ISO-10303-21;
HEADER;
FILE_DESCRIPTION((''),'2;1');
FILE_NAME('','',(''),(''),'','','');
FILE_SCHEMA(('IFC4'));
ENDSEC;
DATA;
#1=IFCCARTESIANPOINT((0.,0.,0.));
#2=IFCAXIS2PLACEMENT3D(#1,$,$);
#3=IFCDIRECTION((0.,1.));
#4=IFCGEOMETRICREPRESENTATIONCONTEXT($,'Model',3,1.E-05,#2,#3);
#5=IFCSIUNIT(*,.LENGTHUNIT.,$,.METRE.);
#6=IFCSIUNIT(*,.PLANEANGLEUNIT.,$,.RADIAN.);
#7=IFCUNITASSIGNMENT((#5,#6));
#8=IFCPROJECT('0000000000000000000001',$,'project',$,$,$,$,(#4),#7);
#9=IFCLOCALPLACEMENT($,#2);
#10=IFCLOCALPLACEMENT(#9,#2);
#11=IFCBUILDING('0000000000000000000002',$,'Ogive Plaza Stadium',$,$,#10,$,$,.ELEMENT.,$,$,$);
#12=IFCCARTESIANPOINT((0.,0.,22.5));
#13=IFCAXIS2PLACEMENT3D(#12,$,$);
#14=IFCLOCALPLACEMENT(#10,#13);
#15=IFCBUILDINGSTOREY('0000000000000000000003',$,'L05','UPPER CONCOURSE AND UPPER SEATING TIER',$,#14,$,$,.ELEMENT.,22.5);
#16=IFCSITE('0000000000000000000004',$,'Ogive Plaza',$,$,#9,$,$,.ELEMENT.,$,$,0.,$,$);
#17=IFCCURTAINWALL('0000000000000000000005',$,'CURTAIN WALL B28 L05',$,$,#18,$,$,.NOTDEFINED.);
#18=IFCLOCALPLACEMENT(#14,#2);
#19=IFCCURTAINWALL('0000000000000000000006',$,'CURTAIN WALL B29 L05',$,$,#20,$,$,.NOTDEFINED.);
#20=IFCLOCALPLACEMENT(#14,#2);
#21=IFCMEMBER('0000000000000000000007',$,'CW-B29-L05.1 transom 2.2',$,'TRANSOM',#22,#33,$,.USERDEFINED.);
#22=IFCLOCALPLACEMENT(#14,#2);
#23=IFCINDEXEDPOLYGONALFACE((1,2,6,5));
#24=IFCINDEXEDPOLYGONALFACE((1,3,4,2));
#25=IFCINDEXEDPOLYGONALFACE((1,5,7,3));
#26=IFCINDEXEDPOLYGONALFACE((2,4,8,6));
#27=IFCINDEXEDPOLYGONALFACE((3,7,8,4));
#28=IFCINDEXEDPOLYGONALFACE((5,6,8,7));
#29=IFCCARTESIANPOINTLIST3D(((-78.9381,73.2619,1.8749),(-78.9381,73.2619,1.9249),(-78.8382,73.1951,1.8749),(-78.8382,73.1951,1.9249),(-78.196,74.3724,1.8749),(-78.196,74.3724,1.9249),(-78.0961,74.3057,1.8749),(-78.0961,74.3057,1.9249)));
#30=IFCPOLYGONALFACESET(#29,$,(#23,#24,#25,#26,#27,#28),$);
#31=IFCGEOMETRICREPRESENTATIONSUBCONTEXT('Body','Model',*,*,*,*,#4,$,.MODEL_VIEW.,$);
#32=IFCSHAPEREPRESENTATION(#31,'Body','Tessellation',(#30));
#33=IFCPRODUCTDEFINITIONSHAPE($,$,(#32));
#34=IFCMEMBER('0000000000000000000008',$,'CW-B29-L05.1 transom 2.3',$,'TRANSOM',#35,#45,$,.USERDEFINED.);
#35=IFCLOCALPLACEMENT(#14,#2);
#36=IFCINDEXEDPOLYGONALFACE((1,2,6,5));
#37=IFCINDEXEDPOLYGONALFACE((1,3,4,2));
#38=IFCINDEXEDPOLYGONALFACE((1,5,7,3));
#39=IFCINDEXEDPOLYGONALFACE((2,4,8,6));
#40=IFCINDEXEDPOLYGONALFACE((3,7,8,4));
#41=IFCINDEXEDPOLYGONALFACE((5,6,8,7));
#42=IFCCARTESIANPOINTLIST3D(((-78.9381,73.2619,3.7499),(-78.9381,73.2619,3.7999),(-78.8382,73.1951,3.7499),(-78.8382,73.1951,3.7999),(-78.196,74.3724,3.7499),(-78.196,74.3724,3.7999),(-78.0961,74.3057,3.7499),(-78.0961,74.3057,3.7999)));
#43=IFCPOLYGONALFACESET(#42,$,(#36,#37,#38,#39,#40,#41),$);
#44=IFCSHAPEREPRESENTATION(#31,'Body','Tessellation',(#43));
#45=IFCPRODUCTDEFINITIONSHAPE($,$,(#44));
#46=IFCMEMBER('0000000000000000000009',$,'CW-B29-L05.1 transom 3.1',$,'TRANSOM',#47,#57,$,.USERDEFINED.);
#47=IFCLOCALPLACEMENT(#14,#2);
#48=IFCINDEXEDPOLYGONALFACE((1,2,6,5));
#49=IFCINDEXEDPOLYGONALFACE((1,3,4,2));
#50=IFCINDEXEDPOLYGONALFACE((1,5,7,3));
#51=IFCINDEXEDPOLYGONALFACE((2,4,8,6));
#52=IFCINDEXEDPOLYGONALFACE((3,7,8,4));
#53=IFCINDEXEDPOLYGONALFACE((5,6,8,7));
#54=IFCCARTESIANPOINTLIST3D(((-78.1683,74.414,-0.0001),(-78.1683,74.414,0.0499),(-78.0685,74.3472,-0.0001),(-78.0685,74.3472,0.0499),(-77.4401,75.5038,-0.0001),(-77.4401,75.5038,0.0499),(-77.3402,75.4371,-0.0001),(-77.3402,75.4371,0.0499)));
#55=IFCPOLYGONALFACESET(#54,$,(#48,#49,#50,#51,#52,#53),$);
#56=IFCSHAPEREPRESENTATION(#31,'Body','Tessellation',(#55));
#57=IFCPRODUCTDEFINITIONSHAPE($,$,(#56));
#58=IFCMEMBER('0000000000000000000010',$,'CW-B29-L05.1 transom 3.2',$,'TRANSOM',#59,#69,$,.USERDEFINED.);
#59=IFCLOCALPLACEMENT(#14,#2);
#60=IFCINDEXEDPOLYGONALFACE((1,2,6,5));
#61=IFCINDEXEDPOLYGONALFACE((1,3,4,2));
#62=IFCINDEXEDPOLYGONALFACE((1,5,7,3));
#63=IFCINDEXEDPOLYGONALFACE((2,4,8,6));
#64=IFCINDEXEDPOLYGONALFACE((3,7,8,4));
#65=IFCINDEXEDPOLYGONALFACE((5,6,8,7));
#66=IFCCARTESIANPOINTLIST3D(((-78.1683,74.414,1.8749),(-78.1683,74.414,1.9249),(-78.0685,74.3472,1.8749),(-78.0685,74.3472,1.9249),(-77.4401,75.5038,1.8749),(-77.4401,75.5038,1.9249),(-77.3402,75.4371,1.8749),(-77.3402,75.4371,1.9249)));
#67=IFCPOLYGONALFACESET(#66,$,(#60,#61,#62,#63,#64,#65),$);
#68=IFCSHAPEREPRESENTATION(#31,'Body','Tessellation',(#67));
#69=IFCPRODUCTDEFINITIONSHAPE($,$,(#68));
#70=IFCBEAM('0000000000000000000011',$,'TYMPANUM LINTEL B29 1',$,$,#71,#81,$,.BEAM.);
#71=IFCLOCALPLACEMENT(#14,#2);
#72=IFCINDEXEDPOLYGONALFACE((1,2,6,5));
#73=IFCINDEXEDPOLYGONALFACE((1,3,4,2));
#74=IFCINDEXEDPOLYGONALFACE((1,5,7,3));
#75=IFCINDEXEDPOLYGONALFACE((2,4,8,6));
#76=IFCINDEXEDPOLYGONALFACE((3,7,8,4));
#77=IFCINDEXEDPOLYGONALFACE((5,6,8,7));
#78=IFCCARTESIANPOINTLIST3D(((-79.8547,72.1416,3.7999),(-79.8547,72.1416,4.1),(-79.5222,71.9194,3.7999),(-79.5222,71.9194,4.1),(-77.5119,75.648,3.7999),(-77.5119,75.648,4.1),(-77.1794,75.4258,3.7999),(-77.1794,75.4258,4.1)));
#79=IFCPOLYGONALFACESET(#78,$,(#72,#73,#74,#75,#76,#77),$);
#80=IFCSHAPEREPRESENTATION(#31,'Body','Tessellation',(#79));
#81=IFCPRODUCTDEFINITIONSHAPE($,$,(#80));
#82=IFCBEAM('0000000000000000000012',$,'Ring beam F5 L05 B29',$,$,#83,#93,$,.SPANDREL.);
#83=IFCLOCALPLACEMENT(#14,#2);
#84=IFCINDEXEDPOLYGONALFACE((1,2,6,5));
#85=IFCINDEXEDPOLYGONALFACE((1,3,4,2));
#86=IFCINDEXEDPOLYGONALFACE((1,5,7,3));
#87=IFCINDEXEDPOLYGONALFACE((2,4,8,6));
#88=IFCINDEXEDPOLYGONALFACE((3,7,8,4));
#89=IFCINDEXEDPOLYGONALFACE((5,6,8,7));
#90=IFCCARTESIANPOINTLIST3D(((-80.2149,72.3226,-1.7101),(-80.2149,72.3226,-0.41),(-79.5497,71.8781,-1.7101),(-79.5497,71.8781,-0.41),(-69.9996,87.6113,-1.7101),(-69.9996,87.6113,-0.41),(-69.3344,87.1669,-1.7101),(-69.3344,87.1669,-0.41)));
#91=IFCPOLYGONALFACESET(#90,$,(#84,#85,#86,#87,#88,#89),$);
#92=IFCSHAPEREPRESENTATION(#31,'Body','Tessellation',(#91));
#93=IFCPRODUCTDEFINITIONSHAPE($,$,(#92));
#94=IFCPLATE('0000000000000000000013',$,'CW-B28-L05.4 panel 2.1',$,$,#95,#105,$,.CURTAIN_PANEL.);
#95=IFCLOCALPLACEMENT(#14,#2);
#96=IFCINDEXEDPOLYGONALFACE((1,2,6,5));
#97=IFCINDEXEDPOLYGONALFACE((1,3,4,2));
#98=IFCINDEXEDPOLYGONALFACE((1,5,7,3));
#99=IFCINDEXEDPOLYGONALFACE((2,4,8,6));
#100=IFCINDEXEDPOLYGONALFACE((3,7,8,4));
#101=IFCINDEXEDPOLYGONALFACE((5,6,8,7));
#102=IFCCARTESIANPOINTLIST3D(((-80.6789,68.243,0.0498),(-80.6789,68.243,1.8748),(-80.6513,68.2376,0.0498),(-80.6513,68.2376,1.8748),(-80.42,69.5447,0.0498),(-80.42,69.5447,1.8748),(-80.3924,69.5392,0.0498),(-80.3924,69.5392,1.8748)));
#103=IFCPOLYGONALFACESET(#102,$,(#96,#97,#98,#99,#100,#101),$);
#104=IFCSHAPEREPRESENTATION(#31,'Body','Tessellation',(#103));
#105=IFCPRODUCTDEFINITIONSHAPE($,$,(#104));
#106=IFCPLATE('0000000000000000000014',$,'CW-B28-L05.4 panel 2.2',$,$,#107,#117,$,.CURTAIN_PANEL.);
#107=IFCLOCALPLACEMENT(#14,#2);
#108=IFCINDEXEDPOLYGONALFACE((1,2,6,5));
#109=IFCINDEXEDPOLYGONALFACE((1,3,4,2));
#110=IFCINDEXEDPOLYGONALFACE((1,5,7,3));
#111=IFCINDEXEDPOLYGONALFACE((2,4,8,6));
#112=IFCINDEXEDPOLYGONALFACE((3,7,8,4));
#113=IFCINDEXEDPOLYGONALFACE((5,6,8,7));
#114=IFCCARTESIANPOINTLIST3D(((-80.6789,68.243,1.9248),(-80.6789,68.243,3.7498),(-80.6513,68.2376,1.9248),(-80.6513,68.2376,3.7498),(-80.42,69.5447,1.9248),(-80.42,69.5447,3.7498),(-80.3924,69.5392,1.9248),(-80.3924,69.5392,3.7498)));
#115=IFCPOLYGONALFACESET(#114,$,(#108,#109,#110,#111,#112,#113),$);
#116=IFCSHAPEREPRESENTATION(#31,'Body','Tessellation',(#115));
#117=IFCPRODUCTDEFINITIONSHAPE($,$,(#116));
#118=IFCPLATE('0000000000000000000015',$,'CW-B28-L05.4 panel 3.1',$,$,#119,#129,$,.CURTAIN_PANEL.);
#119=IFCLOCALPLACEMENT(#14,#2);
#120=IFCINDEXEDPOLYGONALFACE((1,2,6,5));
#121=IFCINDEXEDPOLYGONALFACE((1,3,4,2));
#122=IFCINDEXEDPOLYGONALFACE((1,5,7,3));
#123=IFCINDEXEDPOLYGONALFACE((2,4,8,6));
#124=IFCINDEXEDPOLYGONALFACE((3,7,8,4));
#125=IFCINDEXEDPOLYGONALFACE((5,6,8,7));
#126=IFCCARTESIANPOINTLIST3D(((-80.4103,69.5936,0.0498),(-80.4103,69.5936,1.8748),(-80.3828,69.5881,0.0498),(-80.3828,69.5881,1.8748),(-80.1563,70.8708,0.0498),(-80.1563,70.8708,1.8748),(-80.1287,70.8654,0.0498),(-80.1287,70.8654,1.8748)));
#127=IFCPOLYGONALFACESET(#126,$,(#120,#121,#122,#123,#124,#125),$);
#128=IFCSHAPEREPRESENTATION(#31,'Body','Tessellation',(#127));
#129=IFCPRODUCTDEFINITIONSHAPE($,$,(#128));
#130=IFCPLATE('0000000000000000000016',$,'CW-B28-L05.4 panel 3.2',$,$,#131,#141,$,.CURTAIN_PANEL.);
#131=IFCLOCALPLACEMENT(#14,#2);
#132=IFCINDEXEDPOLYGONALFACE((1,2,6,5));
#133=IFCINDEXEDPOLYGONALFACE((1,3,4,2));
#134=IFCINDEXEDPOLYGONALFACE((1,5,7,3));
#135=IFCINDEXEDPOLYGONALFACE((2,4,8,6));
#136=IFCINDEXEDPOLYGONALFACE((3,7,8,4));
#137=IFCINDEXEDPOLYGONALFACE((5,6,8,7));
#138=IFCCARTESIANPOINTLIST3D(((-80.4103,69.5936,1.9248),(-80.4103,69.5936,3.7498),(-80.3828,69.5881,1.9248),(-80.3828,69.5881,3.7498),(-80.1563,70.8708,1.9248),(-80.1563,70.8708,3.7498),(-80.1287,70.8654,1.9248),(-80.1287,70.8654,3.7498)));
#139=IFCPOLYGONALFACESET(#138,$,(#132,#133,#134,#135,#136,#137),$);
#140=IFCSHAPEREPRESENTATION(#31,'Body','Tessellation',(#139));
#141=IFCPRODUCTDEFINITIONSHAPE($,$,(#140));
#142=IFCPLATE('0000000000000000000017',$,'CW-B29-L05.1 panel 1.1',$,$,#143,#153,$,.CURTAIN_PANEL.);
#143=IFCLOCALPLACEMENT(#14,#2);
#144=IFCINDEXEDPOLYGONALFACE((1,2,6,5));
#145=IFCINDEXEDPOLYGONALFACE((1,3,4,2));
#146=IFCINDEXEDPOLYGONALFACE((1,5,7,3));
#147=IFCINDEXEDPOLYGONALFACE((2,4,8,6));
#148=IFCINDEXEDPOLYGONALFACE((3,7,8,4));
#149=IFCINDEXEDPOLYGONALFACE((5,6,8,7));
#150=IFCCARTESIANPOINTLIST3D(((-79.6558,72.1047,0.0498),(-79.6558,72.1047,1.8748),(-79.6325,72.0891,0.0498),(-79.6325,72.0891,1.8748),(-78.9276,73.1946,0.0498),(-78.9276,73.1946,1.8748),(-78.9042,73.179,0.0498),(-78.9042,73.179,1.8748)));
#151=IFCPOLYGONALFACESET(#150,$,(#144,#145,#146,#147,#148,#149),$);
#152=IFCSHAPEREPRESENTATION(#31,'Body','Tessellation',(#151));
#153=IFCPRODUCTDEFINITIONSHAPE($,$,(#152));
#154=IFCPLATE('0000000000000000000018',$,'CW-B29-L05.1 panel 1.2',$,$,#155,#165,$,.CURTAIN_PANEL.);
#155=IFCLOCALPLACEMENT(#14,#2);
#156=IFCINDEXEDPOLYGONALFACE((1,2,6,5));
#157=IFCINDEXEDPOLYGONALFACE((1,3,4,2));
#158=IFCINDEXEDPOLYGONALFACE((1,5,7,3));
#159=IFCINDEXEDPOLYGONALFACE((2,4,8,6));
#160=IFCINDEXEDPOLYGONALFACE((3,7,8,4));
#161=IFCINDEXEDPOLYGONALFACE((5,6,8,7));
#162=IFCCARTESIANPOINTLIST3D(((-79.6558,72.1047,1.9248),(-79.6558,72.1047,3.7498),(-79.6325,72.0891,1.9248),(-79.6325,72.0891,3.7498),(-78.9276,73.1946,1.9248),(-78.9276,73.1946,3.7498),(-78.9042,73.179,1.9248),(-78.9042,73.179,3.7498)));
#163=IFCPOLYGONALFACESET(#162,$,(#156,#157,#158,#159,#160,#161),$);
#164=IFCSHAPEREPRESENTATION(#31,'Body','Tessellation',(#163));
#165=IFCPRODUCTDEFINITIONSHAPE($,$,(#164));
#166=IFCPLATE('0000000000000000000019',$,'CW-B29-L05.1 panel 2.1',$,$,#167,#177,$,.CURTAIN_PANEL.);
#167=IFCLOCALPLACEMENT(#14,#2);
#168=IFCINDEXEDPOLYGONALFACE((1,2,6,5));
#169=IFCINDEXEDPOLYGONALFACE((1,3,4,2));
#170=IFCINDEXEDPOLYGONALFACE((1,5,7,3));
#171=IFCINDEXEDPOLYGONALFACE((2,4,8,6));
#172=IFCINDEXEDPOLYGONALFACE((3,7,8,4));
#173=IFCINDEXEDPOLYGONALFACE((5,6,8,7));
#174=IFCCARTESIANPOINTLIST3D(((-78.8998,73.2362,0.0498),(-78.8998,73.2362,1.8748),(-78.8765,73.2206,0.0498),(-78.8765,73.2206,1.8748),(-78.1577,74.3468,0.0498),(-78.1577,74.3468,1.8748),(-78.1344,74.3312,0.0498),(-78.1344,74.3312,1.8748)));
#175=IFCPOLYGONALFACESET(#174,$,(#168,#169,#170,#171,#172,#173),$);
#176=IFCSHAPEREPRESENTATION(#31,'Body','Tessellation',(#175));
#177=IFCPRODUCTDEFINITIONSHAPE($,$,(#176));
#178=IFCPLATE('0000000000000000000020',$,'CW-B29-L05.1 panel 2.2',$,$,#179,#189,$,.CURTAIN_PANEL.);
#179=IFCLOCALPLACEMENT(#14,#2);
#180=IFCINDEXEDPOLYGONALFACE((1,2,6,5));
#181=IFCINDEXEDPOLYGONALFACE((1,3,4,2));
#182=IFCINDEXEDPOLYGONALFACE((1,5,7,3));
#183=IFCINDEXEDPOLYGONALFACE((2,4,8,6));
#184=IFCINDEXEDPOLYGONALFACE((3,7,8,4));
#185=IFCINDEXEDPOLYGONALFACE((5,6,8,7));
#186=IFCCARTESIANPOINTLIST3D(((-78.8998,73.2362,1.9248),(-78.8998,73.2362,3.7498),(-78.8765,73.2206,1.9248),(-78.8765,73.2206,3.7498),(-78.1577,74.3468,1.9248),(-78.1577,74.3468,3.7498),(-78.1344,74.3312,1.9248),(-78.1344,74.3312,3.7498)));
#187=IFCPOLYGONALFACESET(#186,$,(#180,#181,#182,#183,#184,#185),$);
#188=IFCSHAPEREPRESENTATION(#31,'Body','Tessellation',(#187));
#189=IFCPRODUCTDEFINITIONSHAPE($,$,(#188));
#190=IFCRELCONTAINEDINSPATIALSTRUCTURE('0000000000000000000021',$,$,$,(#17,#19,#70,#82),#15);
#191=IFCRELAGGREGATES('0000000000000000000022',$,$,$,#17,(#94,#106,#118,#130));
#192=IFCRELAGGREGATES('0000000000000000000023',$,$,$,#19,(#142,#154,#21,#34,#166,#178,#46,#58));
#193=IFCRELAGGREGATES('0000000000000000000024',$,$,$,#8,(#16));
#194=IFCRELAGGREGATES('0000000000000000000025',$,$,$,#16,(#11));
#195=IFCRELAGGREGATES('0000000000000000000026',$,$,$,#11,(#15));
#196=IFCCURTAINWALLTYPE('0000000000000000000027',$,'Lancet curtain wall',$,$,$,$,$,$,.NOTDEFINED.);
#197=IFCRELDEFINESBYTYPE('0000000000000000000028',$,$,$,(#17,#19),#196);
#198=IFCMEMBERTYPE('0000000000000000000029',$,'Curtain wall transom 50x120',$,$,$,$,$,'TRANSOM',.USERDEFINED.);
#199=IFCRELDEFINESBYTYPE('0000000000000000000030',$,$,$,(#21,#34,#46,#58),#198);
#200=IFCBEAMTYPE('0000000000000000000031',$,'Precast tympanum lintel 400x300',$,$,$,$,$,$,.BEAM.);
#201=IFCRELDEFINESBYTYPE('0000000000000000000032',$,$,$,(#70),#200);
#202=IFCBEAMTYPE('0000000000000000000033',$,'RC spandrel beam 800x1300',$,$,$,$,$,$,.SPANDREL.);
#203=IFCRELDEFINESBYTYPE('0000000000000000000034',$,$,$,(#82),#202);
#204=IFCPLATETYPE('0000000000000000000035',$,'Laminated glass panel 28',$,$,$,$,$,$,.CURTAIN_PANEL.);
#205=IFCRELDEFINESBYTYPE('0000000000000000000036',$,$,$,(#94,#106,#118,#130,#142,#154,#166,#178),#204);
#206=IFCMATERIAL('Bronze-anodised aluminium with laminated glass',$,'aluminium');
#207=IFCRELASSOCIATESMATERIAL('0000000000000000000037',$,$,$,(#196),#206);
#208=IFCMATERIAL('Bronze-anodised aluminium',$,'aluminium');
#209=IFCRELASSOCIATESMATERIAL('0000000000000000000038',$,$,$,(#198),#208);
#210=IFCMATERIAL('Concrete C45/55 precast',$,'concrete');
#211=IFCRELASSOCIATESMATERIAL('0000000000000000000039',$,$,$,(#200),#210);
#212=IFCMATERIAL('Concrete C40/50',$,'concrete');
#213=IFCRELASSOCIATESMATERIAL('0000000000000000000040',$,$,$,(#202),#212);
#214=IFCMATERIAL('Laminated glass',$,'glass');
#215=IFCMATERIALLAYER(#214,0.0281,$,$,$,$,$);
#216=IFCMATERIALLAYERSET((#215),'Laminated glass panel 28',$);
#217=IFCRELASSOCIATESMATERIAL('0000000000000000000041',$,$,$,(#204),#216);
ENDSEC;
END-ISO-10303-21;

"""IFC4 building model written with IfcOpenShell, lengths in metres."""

from ifc_helpers import new_model, si_unit, direction, frame, origin, origin_2d, place, context, subcontext, project, spatial, rectangle, extrude, material, layer, layer_set, material_profile, profile_set, type_object, element, aggregate, save


model = new_model("IFC4")

# Units and contexts
model_context = context("Model", 3, precision=1e-05, world=origin(), true_north=direction((0.0, 1.0)))
body_context = subcontext(model_context, "Body", "Model", "MODEL_VIEW")
ifc_project = project(units=[si_unit("LENGTHUNIT", "METRE"), si_unit("PLANEANGLEUNIT", "RADIAN")], contexts=[model_context])

# Site, building, storey
site_placement = place(None, origin())
site = spatial("IfcSite", under=ifc_project, at=site_placement, Name="Ogive Plaza", CompositionType="ELEMENT", RefElevation=0.0)
building_placement = place(site_placement, origin())
building = spatial("IfcBuilding", under=site, at=building_placement, Name="Ogive Plaza Stadium", CompositionType="ELEMENT")
storey_placement = place(building_placement, frame((0.0, 0.0, 22.5)))
storey = spatial("IfcBuildingStorey", under=building, at=storey_placement, Name="L05", Description="UPPER CONCOURSE AND UPPER SEATING TIER", CompositionType="ELEMENT", Elevation=22.5)

# Curtain walls
ifc_material_1 = material(Name="Bronze-anodised aluminium with laminated glass", Category="aluminium")
curtain_wall_type = type_object("IfcCurtainWallType", Name="Lancet curtain wall", PredefinedType="NOTDEFINED", material=ifc_material_1)
curtain_wall_1_placement = place(storey_placement, origin())
curtain_wall_1 = element("IfcCurtainWall", 1, at=curtain_wall_1_placement, inside=storey, type_object=curtain_wall_type, Name="CURTAIN WALL B28 L05", PredefinedType="NOTDEFINED")
curtain_wall_2_placement = place(storey_placement, origin())
curtain_wall_2 = element("IfcCurtainWall", 2, at=curtain_wall_2_placement, inside=storey, type_object=curtain_wall_type, Name="CURTAIN WALL B29 L05", PredefinedType="NOTDEFINED")

# Members
ifc_material_2 = material(Name="Bronze-anodised aluminium", Category="aluminium")
ifc_material_profile_1 = material_profile(ifc_material_2, rectangle(XDim=0.1201, YDim=0.05, at=origin_2d()), Name="AL 120x50")
ifc_profile_set_1 = profile_set([ifc_material_profile_1], Name="Bronze-anodised aluminium")
member_type_1 = type_object("IfcMemberType", Name="Curtain wall transom 50x120", ElementType="TRANSOM", PredefinedType="USERDEFINED", material=ifc_profile_set_1)
member_1_placement = place(storey_placement, frame((-78.8882, 73.2285, 1.8999), z_axis=(0.555628, 0.831431, 0.0), x_axis=(-0.831431, 0.555628, 0.0)))
member_1 = element("IfcMember", 3, at=member_1_placement, type_object=member_type_1, Name="CW-B29-L05.1 transom 2.2", ObjectType="TRANSOM", PredefinedType="USERDEFINED", context=body_context, shape_type="SweptSolid", body=[
    extrude(rectangle(XDim=0.1201, YDim=0.05, at=origin_2d()), origin(), (0.0, 0.0, 1.0), 1.3357),
])
member_2_placement = place(storey_placement, frame((-78.8882, 73.2285, 3.7749), z_axis=(0.555628, 0.831431, 0.0), x_axis=(-0.831431, 0.555628, 0.0)))
member_2 = element("IfcMember", 4, at=member_2_placement, type_object=member_type_1, Name="CW-B29-L05.1 transom 2.3", ObjectType="TRANSOM", PredefinedType="USERDEFINED", context=body_context, shape_type="SweptSolid", body=[
    extrude(rectangle(XDim=0.1201, YDim=0.05, at=origin_2d()), origin(), (0.0, 0.0, 1.0), 1.3357),
])
member_3_placement = place(storey_placement, frame((-78.1184, 74.3806, 0.0249), z_axis=(0.555602, 0.831448, 0.0), x_axis=(-0.831448, 0.555602, 0.0)))
member_3 = element("IfcMember", 5, at=member_3_placement, type_object=member_type_1, Name="CW-B29-L05.1 transom 3.1", ObjectType="TRANSOM", PredefinedType="USERDEFINED", context=body_context, shape_type="SweptSolid", body=[
    extrude(rectangle(XDim=0.1201, YDim=0.05, at=origin_2d()), origin(), (0.0, 0.0, 1.0), 1.3108),
])
member_4_placement = place(storey_placement, frame((-78.1184, 74.3806, 1.8999), z_axis=(0.555602, 0.831448, 0.0), x_axis=(-0.831448, 0.555602, 0.0)))
member_4 = element("IfcMember", 6, at=member_4_placement, type_object=member_type_1, Name="CW-B29-L05.1 transom 3.2", ObjectType="TRANSOM", PredefinedType="USERDEFINED", context=body_context, shape_type="SweptSolid", body=[
    extrude(rectangle(XDim=0.1201, YDim=0.05, at=origin_2d()), origin(), (0.0, 0.0, 1.0), 1.3108),
])

# Beams
ifc_material_3 = material(Name="Concrete C45/55 precast", Category="concrete")
ifc_material_profile_2 = material_profile(ifc_material_3, rectangle(XDim=0.3999, YDim=0.3, at=origin_2d()), Name="RC 400x300")
ifc_profile_set_2 = profile_set([ifc_material_profile_2], Name="Concrete C45/55 precast")
beam_type_1 = type_object("IfcBeamType", Name="Precast tympanum lintel 400x300", PredefinedType="BEAM", material=ifc_profile_set_2)
beam_1_placement = place(storey_placement, frame((-79.6885, 72.0305, 3.95), z_axis=(0.555555, 0.83148, 0.0), x_axis=(-0.83148, 0.555555, 0.0)))
element("IfcBeam", 7, at=beam_1_placement, inside=storey, type_object=beam_type_1, Name="TYMPANUM LINTEL B29 1", PredefinedType="BEAM", context=body_context, shape_type="SweptSolid", body=[
    extrude(rectangle(XDim=0.3999, YDim=0.3, at=origin_2d()), origin(), (0.0, 0.0, 1.0), 4.217),
])
ifc_material_4 = material(Name="Concrete C40/50", Category="concrete")
ifc_material_profile_3 = material_profile(ifc_material_4, rectangle(XDim=0.8, YDim=1.3, at=origin_2d()), Name="RC 800x1300")
ifc_profile_set_3 = profile_set([ifc_material_profile_3], Name="Concrete C40/50")
beam_type_2 = type_object("IfcBeamType", Name="RC spandrel beam 800x1300", PredefinedType="SPANDREL", material=ifc_profile_set_3)
beam_2_placement = place(storey_placement, frame((-79.8823, 72.1003, -1.0601), z_axis=(0.555558, 0.831478, 0.0), x_axis=(-0.831478, 0.555558, 0.0)))
element("IfcBeam", 8, at=beam_2_placement, inside=storey, type_object=beam_type_2, Name="Ring beam F5 L05 B29", PredefinedType="SPANDREL", context=body_context, shape_type="SweptSolid", body=[
    extrude(rectangle(XDim=0.8, YDim=1.3, at=origin_2d()), origin(), (0.0, 0.0, 1.0), 18.3875),
])

# Plates
ifc_material_5 = material(Name="Laminated glass", Category="glass")
ifc_layer_1 = layer(ifc_material_5, 0.0281)
ifc_layer_set_1 = layer_set([ifc_layer_1], Name="Laminated glass panel 28")
plate_type = type_object("IfcPlateType", Name="Laminated glass panel 28", PredefinedType="CURTAIN_PANEL", material=ifc_layer_set_1)
plate_1_placement = place(storey_placement, frame((-80.5356, 68.8911, 0.0498), z_axis=(0.0, 0.0, 1.0), x_axis=(0.19509, 0.980785, 0.0)))
plate_1 = element("IfcPlate", 9, at=plate_1_placement, type_object=plate_type, Name="CW-B28-L05.4 panel 2.1", PredefinedType="CURTAIN_PANEL", context=body_context, shape_type="SweptSolid", body=[
    extrude(rectangle(XDim=1.3271, YDim=0.0281, at=origin_2d()), origin(), (0.0, 0.0, 1.0), 1.825),
])
plate_2_placement = place(storey_placement, frame((-80.5356, 68.8911, 1.9248), z_axis=(0.0, 0.0, 1.0), x_axis=(0.19509, 0.980785, 0.0)))
plate_2 = element("IfcPlate", 10, at=plate_2_placement, type_object=plate_type, Name="CW-B28-L05.4 panel 2.2", PredefinedType="CURTAIN_PANEL", context=body_context, shape_type="SweptSolid", body=[
    extrude(rectangle(XDim=1.3271, YDim=0.0281, at=origin_2d()), origin(), (0.0, 0.0, 1.0), 1.825),
])
plate_3_placement = place(storey_placement, frame((-80.2695, 70.2295, 0.0498), z_axis=(0.0, 0.0, 1.0), x_axis=(0.19509, 0.980785, 0.0)))
plate_3 = element("IfcPlate", 11, at=plate_3_placement, type_object=plate_type, Name="CW-B28-L05.4 panel 3.1", PredefinedType="CURTAIN_PANEL", context=body_context, shape_type="SweptSolid", body=[
    extrude(rectangle(XDim=1.3022, YDim=0.0281, at=origin_2d()), origin(), (0.0, 0.0, 1.0), 1.825),
])
plate_4_placement = place(storey_placement, frame((-80.2695, 70.2295, 1.9248), z_axis=(0.0, 0.0, 1.0), x_axis=(0.19509, 0.980785, 0.0)))
plate_4 = element("IfcPlate", 12, at=plate_4_placement, type_object=plate_type, Name="CW-B28-L05.4 panel 3.2", PredefinedType="CURTAIN_PANEL", context=body_context, shape_type="SweptSolid", body=[
    extrude(rectangle(XDim=1.3022, YDim=0.0281, at=origin_2d()), origin(), (0.0, 0.0, 1.0), 1.825),
])
aggregate(curtain_wall_1, [plate_1, plate_2, plate_3, plate_4])
plate_5_placement = place(storey_placement, frame((-79.28, 72.6418, 0.0498), z_axis=(0.0, 0.0, 1.0), x_axis=(0.55557, 0.83147, 0.0)))
plate_5 = element("IfcPlate", 13, at=plate_5_placement, type_object=plate_type, Name="CW-B29-L05.1 panel 1.1", PredefinedType="CURTAIN_PANEL", context=body_context, shape_type="SweptSolid", body=[
    extrude(rectangle(XDim=1.3108, YDim=0.0281, at=origin_2d()), origin(), (0.0, 0.0, 1.0), 1.825),
])
plate_6_placement = place(storey_placement, frame((-79.28, 72.6418, 1.9248), z_axis=(0.0, 0.0, 1.0), x_axis=(0.55557, 0.83147, 0.0)))
plate_6 = element("IfcPlate", 14, at=plate_6_placement, type_object=plate_type, Name="CW-B29-L05.1 panel 1.2", PredefinedType="CURTAIN_PANEL", context=body_context, shape_type="SweptSolid", body=[
    extrude(rectangle(XDim=1.3108, YDim=0.0281, at=origin_2d()), origin(), (0.0, 0.0, 1.0), 1.825),
])
plate_7_placement = place(storey_placement, frame((-78.5171, 73.7837, 0.0498), z_axis=(0.0, 0.0, 1.0), x_axis=(0.55557, 0.83147, 0.0)))
plate_7 = element("IfcPlate", 15, at=plate_7_placement, type_object=plate_type, Name="CW-B29-L05.1 panel 2.1", PredefinedType="CURTAIN_PANEL", context=body_context, shape_type="SweptSolid", body=[
    extrude(rectangle(XDim=1.3357, YDim=0.0281, at=origin_2d()), origin(), (0.0, 0.0, 1.0), 1.825),
])
plate_8_placement = place(storey_placement, frame((-78.5171, 73.7837, 1.9248), z_axis=(0.0, 0.0, 1.0), x_axis=(0.55557, 0.83147, 0.0)))
plate_8 = element("IfcPlate", 16, at=plate_8_placement, type_object=plate_type, Name="CW-B29-L05.1 panel 2.2", PredefinedType="CURTAIN_PANEL", context=body_context, shape_type="SweptSolid", body=[
    extrude(rectangle(XDim=1.3357, YDim=0.0281, at=origin_2d()), origin(), (0.0, 0.0, 1.0), 1.825),
])
aggregate(curtain_wall_2, [plate_5, plate_6, member_1, member_2, plate_7, plate_8, member_3, member_4])

save(model, "model.ifc")
